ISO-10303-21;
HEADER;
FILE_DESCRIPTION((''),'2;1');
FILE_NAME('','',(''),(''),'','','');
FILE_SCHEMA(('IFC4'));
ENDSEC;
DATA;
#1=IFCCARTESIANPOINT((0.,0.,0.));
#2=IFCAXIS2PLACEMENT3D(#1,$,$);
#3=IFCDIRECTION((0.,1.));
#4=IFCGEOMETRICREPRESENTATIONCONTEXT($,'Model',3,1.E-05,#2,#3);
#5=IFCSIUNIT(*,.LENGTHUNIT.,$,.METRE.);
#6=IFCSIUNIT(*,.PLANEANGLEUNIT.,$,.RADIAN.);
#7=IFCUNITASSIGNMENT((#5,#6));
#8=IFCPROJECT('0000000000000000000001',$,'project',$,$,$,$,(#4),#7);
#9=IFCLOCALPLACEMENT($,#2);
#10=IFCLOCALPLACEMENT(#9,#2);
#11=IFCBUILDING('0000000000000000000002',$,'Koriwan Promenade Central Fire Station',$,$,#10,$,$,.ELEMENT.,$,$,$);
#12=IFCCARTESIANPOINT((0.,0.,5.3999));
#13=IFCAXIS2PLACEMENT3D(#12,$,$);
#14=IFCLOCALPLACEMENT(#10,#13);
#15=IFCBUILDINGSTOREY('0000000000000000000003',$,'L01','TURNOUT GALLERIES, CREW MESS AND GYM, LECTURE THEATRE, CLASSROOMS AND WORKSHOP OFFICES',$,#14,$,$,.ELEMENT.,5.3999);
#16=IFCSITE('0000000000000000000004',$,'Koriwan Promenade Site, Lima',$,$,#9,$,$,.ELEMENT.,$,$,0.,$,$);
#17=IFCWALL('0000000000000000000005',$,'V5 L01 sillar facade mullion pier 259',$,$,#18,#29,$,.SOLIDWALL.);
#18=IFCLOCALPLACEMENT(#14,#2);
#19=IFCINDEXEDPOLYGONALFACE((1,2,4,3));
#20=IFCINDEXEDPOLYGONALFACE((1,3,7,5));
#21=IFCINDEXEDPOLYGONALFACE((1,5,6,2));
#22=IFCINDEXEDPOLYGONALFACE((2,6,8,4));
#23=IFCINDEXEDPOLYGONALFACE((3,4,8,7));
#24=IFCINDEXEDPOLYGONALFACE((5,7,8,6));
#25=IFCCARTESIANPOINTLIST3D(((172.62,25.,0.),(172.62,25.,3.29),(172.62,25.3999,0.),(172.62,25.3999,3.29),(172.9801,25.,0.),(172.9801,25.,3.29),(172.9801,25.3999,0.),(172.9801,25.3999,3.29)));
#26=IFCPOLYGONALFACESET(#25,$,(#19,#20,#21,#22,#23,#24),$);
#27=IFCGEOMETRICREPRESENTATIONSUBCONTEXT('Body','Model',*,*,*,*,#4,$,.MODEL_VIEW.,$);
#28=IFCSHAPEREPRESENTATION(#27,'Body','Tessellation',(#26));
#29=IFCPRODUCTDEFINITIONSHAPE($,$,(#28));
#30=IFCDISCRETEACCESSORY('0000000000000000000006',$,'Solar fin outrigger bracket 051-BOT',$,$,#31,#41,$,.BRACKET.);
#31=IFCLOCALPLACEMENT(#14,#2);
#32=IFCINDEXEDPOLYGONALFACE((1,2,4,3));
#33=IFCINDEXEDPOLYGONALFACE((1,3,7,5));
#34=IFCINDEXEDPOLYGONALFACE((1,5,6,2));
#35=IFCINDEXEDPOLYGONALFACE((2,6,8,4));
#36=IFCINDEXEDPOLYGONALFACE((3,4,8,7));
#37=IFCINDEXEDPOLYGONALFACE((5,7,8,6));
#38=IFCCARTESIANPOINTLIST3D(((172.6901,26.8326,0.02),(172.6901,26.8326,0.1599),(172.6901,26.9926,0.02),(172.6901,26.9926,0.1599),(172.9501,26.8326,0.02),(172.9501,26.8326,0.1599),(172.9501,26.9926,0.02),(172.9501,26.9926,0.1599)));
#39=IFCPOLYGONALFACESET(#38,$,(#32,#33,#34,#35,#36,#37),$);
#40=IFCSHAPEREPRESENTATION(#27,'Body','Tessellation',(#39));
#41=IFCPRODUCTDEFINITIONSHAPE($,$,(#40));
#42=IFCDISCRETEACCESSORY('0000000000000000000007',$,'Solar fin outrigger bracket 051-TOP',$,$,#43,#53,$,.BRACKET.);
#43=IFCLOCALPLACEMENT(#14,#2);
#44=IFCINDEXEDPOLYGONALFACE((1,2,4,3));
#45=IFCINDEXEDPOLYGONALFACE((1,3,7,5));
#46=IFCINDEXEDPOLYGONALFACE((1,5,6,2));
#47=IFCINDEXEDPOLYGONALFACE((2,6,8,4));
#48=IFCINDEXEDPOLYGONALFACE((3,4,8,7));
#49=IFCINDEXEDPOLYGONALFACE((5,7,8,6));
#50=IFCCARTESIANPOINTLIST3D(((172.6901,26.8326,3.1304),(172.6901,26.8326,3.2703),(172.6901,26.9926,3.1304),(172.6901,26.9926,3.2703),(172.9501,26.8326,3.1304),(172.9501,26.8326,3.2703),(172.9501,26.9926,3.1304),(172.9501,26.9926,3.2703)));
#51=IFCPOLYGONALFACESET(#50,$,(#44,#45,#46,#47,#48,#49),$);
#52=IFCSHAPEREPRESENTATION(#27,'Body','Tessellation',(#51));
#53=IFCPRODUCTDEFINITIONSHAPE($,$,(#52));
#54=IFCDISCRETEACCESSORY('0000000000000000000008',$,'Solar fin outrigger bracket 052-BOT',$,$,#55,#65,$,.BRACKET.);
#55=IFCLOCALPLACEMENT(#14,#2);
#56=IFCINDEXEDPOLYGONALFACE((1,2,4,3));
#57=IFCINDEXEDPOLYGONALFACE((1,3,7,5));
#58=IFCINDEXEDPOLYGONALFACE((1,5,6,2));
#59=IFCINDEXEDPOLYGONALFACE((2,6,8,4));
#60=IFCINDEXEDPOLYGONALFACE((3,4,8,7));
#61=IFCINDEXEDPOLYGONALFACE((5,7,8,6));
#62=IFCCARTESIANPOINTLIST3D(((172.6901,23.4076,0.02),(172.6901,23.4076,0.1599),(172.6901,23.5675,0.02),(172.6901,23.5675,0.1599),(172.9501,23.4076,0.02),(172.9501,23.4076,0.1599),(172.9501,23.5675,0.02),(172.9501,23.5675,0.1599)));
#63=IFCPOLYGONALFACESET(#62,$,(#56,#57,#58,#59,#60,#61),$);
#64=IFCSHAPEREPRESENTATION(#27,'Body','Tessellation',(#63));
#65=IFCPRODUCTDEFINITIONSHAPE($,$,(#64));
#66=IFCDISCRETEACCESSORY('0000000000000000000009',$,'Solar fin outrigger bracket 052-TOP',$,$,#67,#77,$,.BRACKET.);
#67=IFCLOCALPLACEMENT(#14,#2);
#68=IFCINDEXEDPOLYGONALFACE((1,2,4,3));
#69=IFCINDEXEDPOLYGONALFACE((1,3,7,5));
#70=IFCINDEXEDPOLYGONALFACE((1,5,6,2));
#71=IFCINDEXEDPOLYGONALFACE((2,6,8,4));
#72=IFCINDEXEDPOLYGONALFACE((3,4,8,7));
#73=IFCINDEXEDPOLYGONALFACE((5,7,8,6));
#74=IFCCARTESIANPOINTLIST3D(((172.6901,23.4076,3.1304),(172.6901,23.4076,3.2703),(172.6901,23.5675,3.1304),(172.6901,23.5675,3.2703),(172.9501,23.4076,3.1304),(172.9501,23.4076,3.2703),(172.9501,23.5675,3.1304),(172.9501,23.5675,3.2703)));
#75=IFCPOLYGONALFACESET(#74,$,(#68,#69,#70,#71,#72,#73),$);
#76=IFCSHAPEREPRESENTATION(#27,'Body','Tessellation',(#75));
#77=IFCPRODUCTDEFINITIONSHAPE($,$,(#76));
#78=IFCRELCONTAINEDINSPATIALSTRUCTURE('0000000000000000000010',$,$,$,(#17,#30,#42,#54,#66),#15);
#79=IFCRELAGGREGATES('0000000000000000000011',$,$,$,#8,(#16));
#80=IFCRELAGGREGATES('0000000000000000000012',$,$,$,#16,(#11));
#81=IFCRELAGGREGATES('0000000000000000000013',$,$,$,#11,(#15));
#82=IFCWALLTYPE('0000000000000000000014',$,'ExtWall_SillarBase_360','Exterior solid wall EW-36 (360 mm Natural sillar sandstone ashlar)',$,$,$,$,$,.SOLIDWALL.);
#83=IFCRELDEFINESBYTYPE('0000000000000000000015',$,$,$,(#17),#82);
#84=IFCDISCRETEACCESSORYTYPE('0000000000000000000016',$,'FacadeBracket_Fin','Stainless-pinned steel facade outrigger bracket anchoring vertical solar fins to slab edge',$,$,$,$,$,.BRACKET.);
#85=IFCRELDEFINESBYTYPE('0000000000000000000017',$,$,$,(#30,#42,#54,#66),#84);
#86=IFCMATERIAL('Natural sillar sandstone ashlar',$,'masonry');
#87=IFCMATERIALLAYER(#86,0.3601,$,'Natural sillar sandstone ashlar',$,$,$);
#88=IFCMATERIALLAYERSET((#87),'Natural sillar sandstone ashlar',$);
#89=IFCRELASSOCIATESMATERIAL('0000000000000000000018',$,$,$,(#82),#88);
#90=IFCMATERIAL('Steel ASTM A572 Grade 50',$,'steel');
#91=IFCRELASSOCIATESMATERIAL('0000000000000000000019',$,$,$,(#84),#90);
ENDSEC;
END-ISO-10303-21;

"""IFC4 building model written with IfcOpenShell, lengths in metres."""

from ifc_helpers import new_model, si_unit, direction, frame, frame_2d, origin, origin_2d, place, context, subcontext, project, spatial, rectangle, extrude, material, layer, layer_set, type_object, element, save


model = new_model("IFC4")

# Units and contexts
model_context = context("Model", 3, precision=1e-05, world=origin(), true_north=direction((0.0, 1.0)))
body_context = subcontext(model_context, "Body", "Model", "MODEL_VIEW")
ifc_project = project(units=[si_unit("LENGTHUNIT", "METRE"), si_unit("PLANEANGLEUNIT", "RADIAN")], contexts=[model_context])

# Site, building, storey
site_placement = place(None, origin())
site = spatial("IfcSite", under=ifc_project, at=site_placement, Name="Koriwan Promenade Site, Lima", CompositionType="ELEMENT", RefElevation=0.0)
building_placement = place(site_placement, origin())
building = spatial("IfcBuilding", under=site, at=building_placement, Name="Koriwan Promenade Central Fire Station", CompositionType="ELEMENT")
storey_placement = place(building_placement, frame((0.0, 0.0, 5.3999)))
storey = spatial("IfcBuildingStorey", under=building, at=storey_placement, Name="L01", Description="TURNOUT GALLERIES, CREW MESS AND GYM, LECTURE THEATRE, CLASSROOMS AND WORKSHOP OFFICES", CompositionType="ELEMENT", Elevation=5.3999)

# Wall
ifc_material_1 = material(Name="Natural sillar sandstone ashlar", Category="masonry")
ifc_layer_1 = layer(ifc_material_1, 0.3601, Name="Natural sillar sandstone ashlar")
ifc_layer_set_1 = layer_set([ifc_layer_1], Name="Natural sillar sandstone ashlar")
wall_type = type_object("IfcWallType", Name="ExtWall_SillarBase_360", Description="Exterior solid wall EW-36 (360 mm Natural sillar sandstone ashlar)", PredefinedType="SOLIDWALL", material=ifc_layer_set_1)
wall_placement = place(storey_placement, frame((172.8, 25.3999, 0.0), z_axis=(0.0, 0.0, 1.0), x_axis=(0.0, -1.0, 0.0)))
element("IfcWall", 1, at=wall_placement, inside=storey, type_object=wall_type, Name="V5 L01 sillar facade mullion pier 259", PredefinedType="SOLIDWALL", context=body_context, shape_type="SweptSolid", body=[
    extrude(rectangle(XDim=0.3999, YDim=0.3601, at=frame_2d((0.2, 0.0))), origin(), (0.0, 0.0, 1.0), 3.29),
])

# Discrete accessories
ifc_material_2 = material(Name="Steel ASTM A572 Grade 50", Category="steel")
discrete_accessory_type = type_object("IfcDiscreteAccessoryType", Name="FacadeBracket_Fin", Description="Stainless-pinned steel facade outrigger bracket anchoring vertical solar fins to slab edge", PredefinedType="BRACKET", material=ifc_material_2)
for number, where, z_axis, x_axis, name in (
    (2, (172.8201, 26.9126, 0.02), (0.0, 0.0, 1.0), (1.0, 0.0, 0.0), "Solar fin outrigger bracket 051-BOT"),
    (3, (172.8201, 26.9126, 3.1304), (0.0, 0.0, 1.0), (1.0, 0.0, 0.0), "Solar fin outrigger bracket 051-TOP"),
    (4, (172.8201, 23.4875, 0.02), (0.0, 0.0, 1.0), (1.0, 0.0, 0.0), "Solar fin outrigger bracket 052-BOT"),
    (5, (172.8201, 23.4875, 3.1304), (0.0, 0.0, 1.0), (1.0, 0.0, 0.0), "Solar fin outrigger bracket 052-TOP"),
):
    element("IfcDiscreteAccessory", number, at=place(storey_placement, frame(where, z_axis=z_axis, x_axis=x_axis)), inside=storey, type_object=discrete_accessory_type, Name=name, PredefinedType="BRACKET", context=body_context, shape_type="SweptSolid", body=[
        extrude(rectangle(XDim=0.26, YDim=0.1599, at=origin_2d()), origin(), (0.0, 0.0, 1.0), 0.1399),
    ])

save(model, "model.ifc")
